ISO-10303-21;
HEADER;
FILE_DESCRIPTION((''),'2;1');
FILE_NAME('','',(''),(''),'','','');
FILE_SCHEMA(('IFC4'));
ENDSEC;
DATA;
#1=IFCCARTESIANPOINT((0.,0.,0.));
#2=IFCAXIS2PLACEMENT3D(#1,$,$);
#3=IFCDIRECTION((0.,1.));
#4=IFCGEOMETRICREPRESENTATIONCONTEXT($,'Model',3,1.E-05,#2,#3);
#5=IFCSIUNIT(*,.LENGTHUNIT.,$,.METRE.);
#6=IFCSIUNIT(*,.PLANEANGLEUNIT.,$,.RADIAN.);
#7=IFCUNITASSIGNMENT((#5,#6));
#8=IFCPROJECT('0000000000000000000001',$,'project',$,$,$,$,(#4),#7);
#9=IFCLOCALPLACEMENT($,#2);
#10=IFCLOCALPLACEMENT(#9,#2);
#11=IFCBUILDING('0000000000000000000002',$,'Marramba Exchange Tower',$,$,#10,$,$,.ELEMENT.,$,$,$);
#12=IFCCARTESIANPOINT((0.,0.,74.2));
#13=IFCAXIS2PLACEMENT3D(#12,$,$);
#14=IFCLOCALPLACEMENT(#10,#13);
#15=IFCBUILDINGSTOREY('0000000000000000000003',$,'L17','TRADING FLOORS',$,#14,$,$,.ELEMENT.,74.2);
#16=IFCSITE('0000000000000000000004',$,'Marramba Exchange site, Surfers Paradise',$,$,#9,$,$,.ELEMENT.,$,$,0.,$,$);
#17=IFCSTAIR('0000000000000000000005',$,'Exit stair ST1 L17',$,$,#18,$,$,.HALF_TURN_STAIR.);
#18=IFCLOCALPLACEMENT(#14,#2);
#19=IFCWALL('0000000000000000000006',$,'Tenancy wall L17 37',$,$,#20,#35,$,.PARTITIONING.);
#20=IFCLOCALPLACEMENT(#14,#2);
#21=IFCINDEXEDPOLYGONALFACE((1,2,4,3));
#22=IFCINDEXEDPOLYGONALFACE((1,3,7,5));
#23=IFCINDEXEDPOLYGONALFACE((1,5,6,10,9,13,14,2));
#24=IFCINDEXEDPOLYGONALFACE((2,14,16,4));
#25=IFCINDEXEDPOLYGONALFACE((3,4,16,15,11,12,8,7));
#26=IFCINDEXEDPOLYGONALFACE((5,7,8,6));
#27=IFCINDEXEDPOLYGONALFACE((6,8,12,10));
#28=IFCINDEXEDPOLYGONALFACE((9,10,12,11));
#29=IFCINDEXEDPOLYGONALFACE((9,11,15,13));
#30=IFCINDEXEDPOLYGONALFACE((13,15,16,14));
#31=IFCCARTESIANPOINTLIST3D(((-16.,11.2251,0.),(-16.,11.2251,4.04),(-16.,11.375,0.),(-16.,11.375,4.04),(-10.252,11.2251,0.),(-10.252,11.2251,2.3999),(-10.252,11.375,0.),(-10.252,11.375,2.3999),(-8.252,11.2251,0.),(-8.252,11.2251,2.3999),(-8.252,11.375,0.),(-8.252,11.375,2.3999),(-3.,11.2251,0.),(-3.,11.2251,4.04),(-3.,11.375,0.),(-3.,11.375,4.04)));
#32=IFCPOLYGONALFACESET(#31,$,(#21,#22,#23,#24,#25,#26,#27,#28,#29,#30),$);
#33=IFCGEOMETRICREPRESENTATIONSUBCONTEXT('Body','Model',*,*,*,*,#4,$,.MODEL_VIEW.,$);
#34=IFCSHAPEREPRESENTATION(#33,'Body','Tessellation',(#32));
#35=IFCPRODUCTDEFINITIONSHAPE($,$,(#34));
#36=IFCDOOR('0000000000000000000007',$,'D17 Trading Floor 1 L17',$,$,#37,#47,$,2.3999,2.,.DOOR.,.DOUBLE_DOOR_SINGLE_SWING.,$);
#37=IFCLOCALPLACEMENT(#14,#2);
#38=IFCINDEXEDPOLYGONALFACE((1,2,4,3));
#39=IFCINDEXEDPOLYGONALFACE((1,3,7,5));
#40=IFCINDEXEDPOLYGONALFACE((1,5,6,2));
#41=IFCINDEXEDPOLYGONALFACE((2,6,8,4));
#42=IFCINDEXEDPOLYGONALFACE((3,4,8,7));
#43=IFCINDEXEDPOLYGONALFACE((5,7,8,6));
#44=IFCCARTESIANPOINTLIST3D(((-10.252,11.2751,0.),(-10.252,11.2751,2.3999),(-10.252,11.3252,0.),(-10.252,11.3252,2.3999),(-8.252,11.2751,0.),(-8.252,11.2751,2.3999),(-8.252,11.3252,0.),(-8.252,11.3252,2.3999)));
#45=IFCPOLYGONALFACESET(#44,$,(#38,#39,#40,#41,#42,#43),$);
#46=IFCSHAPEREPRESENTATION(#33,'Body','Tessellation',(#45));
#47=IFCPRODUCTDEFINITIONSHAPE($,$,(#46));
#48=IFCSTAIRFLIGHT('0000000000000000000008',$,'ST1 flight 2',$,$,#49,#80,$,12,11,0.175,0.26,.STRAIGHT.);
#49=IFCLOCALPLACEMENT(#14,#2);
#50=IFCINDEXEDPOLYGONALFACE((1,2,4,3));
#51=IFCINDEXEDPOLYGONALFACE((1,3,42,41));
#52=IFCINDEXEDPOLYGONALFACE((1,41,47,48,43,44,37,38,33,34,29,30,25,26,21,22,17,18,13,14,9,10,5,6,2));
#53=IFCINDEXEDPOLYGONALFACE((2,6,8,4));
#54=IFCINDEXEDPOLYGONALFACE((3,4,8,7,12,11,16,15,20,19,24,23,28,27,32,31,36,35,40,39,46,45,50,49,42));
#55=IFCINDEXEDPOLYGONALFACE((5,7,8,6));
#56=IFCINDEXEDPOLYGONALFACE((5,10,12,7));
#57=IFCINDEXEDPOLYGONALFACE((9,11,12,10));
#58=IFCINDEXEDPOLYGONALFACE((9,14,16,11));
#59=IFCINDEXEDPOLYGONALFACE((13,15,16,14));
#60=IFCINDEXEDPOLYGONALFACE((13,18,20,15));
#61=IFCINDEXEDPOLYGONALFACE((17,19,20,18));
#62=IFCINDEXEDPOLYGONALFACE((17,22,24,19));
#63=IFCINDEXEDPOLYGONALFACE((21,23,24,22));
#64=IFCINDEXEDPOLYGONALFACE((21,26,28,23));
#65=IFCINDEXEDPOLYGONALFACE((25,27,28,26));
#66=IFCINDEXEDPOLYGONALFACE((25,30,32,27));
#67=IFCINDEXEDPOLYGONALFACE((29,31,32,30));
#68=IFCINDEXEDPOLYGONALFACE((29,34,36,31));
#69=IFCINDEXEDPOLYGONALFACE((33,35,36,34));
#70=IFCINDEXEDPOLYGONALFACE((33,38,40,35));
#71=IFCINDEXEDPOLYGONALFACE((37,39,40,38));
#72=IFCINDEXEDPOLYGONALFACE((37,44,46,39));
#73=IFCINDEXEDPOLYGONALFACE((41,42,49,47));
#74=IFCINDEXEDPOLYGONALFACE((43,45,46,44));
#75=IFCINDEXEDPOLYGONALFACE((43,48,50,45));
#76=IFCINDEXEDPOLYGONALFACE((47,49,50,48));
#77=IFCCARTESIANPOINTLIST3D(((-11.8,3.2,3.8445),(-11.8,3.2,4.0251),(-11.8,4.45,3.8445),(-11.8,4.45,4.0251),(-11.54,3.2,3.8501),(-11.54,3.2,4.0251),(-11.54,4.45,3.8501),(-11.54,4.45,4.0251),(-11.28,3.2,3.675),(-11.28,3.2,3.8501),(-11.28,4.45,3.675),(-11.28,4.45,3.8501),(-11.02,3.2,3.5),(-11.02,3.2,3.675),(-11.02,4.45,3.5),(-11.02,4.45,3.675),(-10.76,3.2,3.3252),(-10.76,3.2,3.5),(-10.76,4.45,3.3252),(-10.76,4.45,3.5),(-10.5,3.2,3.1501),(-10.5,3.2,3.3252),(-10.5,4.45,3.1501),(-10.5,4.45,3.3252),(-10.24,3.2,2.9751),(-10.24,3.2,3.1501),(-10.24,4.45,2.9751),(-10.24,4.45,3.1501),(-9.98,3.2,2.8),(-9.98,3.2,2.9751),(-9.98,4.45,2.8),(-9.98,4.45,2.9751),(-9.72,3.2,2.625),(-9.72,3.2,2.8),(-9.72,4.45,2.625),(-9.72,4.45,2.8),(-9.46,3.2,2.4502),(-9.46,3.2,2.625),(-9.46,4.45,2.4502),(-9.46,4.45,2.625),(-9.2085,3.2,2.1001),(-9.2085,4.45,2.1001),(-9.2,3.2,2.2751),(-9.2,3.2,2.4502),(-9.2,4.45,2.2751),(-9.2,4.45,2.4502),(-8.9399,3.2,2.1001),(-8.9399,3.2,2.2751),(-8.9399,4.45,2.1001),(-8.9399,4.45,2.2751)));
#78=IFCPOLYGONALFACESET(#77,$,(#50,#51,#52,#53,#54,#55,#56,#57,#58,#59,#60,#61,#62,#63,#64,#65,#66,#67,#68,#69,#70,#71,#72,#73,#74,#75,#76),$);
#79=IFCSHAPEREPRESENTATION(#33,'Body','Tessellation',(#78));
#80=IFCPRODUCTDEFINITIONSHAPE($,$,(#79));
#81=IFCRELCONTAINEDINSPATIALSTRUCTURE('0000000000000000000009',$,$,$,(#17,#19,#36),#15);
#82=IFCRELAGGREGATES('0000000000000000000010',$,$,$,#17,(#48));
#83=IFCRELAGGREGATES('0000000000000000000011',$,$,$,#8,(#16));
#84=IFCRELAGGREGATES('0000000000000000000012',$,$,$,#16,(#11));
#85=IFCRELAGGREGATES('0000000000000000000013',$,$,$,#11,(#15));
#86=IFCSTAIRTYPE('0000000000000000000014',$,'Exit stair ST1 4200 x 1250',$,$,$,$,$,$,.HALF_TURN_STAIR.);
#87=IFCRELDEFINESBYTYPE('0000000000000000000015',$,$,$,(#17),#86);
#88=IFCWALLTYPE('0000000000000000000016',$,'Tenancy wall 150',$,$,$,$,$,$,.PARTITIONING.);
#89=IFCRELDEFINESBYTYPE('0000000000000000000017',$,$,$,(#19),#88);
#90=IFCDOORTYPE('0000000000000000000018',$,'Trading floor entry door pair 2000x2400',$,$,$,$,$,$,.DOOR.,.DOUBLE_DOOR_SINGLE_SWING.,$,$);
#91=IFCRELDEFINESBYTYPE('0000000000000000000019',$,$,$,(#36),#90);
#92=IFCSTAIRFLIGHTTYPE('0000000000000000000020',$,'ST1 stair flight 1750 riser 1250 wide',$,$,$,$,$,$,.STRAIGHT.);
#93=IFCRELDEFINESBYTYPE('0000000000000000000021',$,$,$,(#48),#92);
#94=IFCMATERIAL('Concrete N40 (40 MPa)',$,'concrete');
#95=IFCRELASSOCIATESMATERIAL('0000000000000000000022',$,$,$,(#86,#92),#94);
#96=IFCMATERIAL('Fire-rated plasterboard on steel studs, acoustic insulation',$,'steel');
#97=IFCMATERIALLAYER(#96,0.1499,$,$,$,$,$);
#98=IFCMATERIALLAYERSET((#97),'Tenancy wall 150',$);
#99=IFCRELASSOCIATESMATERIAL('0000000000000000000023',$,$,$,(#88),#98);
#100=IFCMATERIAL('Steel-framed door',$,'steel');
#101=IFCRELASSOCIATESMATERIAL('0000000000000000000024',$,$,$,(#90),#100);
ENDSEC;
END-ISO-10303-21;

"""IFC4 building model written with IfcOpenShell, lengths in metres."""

from ifc_helpers import new_model, si_unit, direction, frame, frame_2d, origin, place, context, subcontext, project, spatial, polyline, rectangle, outline, extrude, material, layer, layer_set, type_object, element, fill, aggregate, save


model = new_model("IFC4")

# Units and contexts
model_context = context("Model", 3, precision=1e-05, world=origin(), true_north=direction((0.0, 1.0)))
body_context = subcontext(model_context, "Body", "Model", "MODEL_VIEW")
ifc_project = project(units=[si_unit("LENGTHUNIT", "METRE"), si_unit("PLANEANGLEUNIT", "RADIAN")], contexts=[model_context])

# Site, building, storey
site_placement = place(None, origin())
site = spatial("IfcSite", under=ifc_project, at=site_placement, Name="Marramba Exchange site, Surfers Paradise", CompositionType="ELEMENT", RefElevation=0.0)
building_placement = place(site_placement, origin())
building = spatial("IfcBuilding", under=site, at=building_placement, Name="Marramba Exchange Tower", CompositionType="ELEMENT")
storey_placement = place(building_placement, frame((0.0, 0.0, 74.2)))
storey = spatial("IfcBuildingStorey", under=building, at=storey_placement, Name="L17", Description="TRADING FLOORS", CompositionType="ELEMENT", Elevation=74.2)

# Stair
ifc_material_1 = material(Name="Concrete N40 (40 MPa)", Category="concrete")
stair_type_1 = type_object("IfcStairType", Name="Exit stair ST1 4200 x 1250", PredefinedType="HALF_TURN_STAIR", material=ifc_material_1)
stair_1_placement = place(storey_placement, origin())
stair_1 = element("IfcStair", 1, at=stair_1_placement, inside=storey, type_object=stair_type_1, Name="Exit stair ST1 L17", PredefinedType="HALF_TURN_STAIR")

# Wall, opening, door
ifc_material_2 = material(Name="Fire-rated plasterboard on steel studs, acoustic insulation", Category="steel")
ifc_layer_1 = layer(ifc_material_2, 0.1499)
ifc_layer_set_1 = layer_set([ifc_layer_1], Name="Tenancy wall 150")
wall_type_1 = type_object("IfcWallType", Name="Tenancy wall 150", PredefinedType="PARTITIONING", material=ifc_layer_set_1)
wall_1_placement = place(storey_placement, frame((-3.0, 11.3, 0.0), z_axis=(0.0, 0.0, 1.0), x_axis=(-1.0, 0.0, 0.0)))
wall_1 = element("IfcWall", 2, at=wall_1_placement, inside=storey, type_object=wall_type_1, Name="Tenancy wall L17 37", PredefinedType="PARTITIONING", context=body_context, shape_type="SweptSolid", body=[
    extrude(rectangle(XDim=13.0, YDim=0.1499, at=frame_2d((6.5, 0.0))), origin(), (0.0, 0.0, 1.0), 4.04),
])
opening_1_placement = place(wall_1_placement, frame((5.252, 0.0, 0.0)))
opening_1 = element("IfcOpeningElement", 3, at=opening_1_placement, cuts=wall_1, PredefinedType="OPENING", context=body_context, shape_type="SweptSolid", body=[
    extrude(rectangle(XDim=2.0, YDim=2.3999, at=frame_2d((1.0, 1.2))), frame((0.0, 0.085, 0.0), z_axis=(0.0, -1.0, 0.0), x_axis=(1.0, 0.0, 0.0)), (0.0, 0.0, 1.0), 0.1699),
])
ifc_material_3 = material(Name="Steel-framed door", Category="steel")
door_type_1 = type_object("IfcDoorType", Name="Trading floor entry door pair 2000x2400", OperationType="DOUBLE_DOOR_SINGLE_SWING", PredefinedType="DOOR", material=ifc_material_3)
door_1_placement = place(opening_1_placement, origin())
door_1 = element("IfcDoor", 4, at=door_1_placement, inside=storey, type_object=door_type_1, Name="D17 Trading Floor 1 L17", OperationType="DOUBLE_DOOR_SINGLE_SWING", OverallHeight=2.3999, OverallWidth=2.0, PredefinedType="DOOR", context=body_context, shape_type="SweptSolid", body=[
    extrude(rectangle(XDim=2.0, YDim=2.3999, at=frame_2d((1.0, 1.2))), frame((0.0, 0.0249, 0.0), z_axis=(0.0, -1.0, 0.0), x_axis=(1.0, 0.0, 0.0)), (0.0, 0.0, 1.0), 0.05),
])
fill(opening_1, door_1)

# Stair flight
stair_flight_type = type_object("IfcStairFlightType", Name="ST1 stair flight 1750 riser 1250 wide", PredefinedType="STRAIGHT", material=ifc_material_1)
stair_flight_placement = place(storey_placement, frame((-8.9399, 3.825, 2.1001), z_axis=(0.0, 0.0, 1.0), x_axis=(-1.0, 0.0, 0.0)))
stair_flight = element("IfcStairFlight", 5, at=stair_flight_placement, type_object=stair_flight_type, Name="ST1 flight 2", NumberOfRisers=12, NumberOfTreads=11, PredefinedType="STRAIGHT", RiserHeight=0.175, TreadLength=0.26, context=body_context, shape_type="SweptSolid", body=[
    extrude(outline(polyline([(0.0, 0.0), (0.0, 0.175), (0.26, 0.175), (0.26, 0.3501), (0.52, 0.3501), (0.52, 0.5249), (0.78, 0.5249), (0.78, 0.7), (1.04, 0.7), (1.04, 0.875), (1.3, 0.875), (1.3, 1.05), (1.5601, 1.05), (1.5601, 1.2251), (1.8201, 1.2251), (1.8201, 1.3999), (2.0801, 1.3999), (2.0801, 1.575), (2.3401, 1.575), (2.3401, 1.75), (2.6001, 1.75), (2.6001, 1.925), (2.8601, 1.925), (2.8601, 2.1001), (2.8601, 1.7444), (0.2686, 0.0), (0.0, 0.0)])), frame((0.0, 0.625, 0.0), z_axis=(0.0, -1.0, 0.0), x_axis=(1.0, 0.0, 0.0)), (0.0, 0.0, 1.0), 1.25),
])
aggregate(stair_1, [stair_flight])

save(model, "model.ifc")
